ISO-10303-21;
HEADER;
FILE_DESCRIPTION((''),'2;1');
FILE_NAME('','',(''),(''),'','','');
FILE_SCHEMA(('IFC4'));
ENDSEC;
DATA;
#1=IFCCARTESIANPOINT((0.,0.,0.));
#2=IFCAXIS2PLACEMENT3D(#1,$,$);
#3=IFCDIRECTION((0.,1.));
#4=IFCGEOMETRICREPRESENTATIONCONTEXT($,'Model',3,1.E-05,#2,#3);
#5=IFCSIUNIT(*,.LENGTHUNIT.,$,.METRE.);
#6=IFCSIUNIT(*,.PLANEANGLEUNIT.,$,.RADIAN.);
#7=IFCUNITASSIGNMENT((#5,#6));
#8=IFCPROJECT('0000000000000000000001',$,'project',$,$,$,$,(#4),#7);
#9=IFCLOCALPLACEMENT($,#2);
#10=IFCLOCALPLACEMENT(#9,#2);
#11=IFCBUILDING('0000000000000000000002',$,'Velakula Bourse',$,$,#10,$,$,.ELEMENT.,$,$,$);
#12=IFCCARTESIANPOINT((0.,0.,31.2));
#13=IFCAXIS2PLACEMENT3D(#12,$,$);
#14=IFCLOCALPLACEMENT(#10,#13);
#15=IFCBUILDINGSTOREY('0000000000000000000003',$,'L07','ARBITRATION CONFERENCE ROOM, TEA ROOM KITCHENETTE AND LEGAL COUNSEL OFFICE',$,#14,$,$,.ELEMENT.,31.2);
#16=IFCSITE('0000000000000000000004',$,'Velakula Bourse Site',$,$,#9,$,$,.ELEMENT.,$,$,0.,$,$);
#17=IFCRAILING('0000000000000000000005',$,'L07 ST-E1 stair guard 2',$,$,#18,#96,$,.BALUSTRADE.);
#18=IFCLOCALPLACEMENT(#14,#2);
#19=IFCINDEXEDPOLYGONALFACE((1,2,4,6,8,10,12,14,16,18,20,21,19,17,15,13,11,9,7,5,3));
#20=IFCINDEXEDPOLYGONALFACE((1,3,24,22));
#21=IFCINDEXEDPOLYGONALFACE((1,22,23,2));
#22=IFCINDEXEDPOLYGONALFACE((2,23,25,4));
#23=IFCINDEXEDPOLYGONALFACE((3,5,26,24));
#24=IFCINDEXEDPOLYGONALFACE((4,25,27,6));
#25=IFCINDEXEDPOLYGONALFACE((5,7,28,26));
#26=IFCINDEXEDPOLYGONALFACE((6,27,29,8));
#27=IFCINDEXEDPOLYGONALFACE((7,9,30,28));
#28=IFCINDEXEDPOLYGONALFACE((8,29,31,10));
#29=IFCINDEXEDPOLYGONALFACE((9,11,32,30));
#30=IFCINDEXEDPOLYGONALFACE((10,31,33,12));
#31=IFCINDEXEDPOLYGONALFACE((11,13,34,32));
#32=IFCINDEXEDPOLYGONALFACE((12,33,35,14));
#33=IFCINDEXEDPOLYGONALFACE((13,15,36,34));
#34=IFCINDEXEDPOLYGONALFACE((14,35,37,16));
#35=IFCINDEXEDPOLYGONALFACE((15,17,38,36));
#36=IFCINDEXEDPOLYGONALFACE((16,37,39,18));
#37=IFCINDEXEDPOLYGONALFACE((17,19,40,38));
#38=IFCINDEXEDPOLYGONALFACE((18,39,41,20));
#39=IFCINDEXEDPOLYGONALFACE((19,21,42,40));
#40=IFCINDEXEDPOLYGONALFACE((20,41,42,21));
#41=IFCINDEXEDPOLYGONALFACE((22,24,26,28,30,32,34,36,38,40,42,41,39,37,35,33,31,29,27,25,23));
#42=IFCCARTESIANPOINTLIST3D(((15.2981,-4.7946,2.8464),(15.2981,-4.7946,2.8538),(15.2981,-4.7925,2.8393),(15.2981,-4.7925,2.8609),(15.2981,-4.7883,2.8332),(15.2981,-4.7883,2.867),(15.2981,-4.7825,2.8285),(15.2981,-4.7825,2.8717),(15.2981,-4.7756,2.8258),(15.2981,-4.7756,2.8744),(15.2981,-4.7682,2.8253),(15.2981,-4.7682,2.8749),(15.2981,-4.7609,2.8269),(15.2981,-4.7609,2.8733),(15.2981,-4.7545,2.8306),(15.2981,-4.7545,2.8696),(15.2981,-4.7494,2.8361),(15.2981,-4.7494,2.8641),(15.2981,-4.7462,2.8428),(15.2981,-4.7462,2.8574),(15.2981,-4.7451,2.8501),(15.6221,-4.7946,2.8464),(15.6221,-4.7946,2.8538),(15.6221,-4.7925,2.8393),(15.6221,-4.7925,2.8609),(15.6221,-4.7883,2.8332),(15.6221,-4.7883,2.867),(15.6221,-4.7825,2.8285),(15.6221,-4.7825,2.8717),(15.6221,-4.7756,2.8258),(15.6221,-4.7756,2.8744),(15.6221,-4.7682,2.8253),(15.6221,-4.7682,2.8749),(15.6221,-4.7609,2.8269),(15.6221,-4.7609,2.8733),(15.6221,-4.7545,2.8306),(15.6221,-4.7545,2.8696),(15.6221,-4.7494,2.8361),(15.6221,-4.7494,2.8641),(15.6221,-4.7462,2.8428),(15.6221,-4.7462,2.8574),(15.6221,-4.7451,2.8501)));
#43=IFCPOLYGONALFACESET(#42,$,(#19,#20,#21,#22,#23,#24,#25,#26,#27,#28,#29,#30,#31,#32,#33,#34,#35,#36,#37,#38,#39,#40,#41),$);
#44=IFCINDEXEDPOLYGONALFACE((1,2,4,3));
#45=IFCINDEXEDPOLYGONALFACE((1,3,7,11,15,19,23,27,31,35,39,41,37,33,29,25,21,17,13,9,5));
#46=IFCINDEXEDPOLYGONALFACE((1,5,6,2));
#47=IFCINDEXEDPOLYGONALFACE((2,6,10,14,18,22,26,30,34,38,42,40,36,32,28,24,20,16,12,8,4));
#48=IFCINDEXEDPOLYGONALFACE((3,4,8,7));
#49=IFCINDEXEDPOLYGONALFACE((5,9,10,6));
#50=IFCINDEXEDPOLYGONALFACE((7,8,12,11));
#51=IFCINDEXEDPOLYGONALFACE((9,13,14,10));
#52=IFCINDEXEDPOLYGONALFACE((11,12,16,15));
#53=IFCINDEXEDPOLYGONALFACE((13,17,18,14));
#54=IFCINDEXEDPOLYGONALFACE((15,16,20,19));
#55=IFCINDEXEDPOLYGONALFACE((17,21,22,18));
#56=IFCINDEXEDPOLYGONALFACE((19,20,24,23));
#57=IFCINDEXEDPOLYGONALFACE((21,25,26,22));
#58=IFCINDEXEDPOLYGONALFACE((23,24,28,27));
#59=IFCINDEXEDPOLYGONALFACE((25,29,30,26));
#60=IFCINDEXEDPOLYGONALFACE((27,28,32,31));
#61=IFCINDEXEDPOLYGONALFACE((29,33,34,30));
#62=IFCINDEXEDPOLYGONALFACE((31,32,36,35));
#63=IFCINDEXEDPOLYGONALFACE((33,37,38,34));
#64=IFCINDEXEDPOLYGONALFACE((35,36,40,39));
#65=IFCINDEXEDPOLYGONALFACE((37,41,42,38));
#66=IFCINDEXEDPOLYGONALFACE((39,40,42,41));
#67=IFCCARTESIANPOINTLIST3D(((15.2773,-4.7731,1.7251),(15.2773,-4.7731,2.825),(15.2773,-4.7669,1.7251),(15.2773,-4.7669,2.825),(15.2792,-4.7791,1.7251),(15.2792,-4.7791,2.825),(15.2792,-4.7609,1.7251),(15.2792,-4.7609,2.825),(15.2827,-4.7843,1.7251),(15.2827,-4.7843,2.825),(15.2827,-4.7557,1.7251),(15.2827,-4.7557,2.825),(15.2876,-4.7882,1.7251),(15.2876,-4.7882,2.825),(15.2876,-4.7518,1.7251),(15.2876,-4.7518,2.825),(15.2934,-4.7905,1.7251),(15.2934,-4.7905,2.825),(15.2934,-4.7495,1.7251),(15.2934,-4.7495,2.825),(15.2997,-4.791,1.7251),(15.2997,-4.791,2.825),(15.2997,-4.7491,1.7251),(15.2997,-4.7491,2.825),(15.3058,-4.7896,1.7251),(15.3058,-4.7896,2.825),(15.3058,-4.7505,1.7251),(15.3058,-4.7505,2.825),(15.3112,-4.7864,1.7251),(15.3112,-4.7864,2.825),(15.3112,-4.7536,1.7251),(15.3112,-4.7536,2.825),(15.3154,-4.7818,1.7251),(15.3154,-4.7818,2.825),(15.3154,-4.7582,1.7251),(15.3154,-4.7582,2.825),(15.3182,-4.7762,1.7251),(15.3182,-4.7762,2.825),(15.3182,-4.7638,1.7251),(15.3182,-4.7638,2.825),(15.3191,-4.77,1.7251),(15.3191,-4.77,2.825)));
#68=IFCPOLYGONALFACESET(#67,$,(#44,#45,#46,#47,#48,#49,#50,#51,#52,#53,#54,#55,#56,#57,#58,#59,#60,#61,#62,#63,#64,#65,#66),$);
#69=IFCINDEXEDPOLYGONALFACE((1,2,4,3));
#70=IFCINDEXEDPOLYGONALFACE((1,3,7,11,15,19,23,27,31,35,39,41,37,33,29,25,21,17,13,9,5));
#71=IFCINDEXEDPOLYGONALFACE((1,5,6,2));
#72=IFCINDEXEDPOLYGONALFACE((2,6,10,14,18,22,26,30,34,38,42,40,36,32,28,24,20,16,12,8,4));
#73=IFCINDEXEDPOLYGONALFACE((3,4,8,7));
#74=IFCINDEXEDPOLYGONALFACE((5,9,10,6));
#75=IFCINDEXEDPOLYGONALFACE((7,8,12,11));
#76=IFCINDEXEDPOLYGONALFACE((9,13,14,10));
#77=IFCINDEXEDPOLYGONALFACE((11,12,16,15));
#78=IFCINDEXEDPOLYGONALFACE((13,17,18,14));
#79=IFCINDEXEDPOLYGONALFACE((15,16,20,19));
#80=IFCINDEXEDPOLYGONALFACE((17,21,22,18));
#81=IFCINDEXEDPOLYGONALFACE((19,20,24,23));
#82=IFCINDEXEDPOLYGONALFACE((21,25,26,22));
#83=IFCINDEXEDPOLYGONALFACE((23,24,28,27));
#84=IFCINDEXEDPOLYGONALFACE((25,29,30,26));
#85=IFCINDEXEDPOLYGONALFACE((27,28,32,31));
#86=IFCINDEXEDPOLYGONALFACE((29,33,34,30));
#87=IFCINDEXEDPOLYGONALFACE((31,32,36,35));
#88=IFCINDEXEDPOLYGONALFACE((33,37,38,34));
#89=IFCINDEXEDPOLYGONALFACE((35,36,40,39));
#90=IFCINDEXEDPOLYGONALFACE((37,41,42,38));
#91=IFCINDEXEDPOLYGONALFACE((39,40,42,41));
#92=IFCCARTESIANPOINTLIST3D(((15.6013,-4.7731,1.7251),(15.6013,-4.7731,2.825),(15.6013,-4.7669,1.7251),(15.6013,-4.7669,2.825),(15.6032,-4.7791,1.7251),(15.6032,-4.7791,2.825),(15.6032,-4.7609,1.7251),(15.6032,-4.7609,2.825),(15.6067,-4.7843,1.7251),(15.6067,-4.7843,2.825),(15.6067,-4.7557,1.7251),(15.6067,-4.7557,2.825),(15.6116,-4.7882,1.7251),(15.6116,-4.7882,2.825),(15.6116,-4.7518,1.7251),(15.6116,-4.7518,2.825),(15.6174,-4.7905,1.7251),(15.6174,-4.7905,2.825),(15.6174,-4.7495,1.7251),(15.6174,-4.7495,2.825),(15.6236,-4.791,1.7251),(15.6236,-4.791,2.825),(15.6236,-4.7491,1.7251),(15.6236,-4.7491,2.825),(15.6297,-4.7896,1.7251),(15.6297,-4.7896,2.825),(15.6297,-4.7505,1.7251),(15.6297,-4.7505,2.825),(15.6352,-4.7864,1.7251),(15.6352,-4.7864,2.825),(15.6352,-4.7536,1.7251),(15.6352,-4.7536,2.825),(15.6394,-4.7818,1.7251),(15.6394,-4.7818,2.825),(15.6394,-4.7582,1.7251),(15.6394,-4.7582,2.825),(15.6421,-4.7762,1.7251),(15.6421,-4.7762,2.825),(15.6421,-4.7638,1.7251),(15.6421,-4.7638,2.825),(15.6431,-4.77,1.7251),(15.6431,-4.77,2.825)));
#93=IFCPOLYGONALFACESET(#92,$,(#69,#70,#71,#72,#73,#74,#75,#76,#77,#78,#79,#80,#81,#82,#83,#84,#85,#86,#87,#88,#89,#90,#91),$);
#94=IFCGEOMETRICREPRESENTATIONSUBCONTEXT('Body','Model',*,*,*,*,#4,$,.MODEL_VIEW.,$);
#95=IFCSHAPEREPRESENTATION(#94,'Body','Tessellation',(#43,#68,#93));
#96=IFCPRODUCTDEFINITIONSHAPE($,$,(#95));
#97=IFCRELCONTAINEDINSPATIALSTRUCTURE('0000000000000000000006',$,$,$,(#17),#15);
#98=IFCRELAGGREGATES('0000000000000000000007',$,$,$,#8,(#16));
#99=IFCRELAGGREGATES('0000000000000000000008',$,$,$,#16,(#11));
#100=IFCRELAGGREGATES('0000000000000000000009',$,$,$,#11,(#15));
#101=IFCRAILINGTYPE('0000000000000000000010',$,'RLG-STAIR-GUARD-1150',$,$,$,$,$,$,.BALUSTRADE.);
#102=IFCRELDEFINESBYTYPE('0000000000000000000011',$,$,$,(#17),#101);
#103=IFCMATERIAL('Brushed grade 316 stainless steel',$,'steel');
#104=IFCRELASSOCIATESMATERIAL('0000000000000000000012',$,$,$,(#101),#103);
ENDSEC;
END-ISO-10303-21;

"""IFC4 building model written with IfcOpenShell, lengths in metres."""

from ifc_helpers import new_model, si_unit, direction, frame, origin, origin_2d, place, context, subcontext, project, spatial, circle, extrude, material, type_object, element, save


model = new_model("IFC4")

# Units and contexts
model_context = context("Model", 3, precision=1e-05, world=origin(), true_north=direction((0.0, 1.0)))
body_context = subcontext(model_context, "Body", "Model", "MODEL_VIEW")
ifc_project = project(units=[si_unit("LENGTHUNIT", "METRE"), si_unit("PLANEANGLEUNIT", "RADIAN")], contexts=[model_context])

# Site, building, storey
site_placement = place(None, origin())
site = spatial("IfcSite", under=ifc_project, at=site_placement, Name="Velakula Bourse Site", CompositionType="ELEMENT", RefElevation=0.0)
building_placement = place(site_placement, origin())
building = spatial("IfcBuilding", under=site, at=building_placement, Name="Velakula Bourse", CompositionType="ELEMENT")
storey_placement = place(building_placement, frame((0.0, 0.0, 31.2)))
storey = spatial("IfcBuildingStorey", under=building, at=storey_placement, Name="L07", Description="ARBITRATION CONFERENCE ROOM, TEA ROOM KITCHENETTE AND LEGAL COUNSEL OFFICE", CompositionType="ELEMENT", Elevation=31.2)

# Shared definitions
ifc_material_1 = material(Name="Brushed grade 316 stainless steel", Category="steel")

# Railing
railing_type_1 = type_object("IfcRailingType", Name="RLG-STAIR-GUARD-1150", PredefinedType="BALUSTRADE", material=ifc_material_1)
railing_1_placement = place(storey_placement, frame((15.2981, -4.77, 1.7251)))
element("IfcRailing", 1, at=railing_1_placement, inside=storey, type_object=railing_type_1, Name="L07 ST-E1 stair guard 2", PredefinedType="BALUSTRADE", context=body_context, shape_type="SweptSolid", body=[
    extrude(circle(Radius=0.0249, at=origin_2d()), frame((0.0, 0.0, 1.125), z_axis=(1.0, 0.0, 0.0), x_axis=(0.0, 1.0, 0.0)), (0.0, 0.0, 1.0), 0.324),
    extrude(circle(Radius=0.021, at=origin_2d()), origin(), (0.0, 0.0, 1.0), 1.0999),
    extrude(circle(Radius=0.021, at=origin_2d()), frame((0.324, 0.0, 0.0)), (0.0, 0.0, 1.0), 1.0999),
])

save(model, "model.ifc")
